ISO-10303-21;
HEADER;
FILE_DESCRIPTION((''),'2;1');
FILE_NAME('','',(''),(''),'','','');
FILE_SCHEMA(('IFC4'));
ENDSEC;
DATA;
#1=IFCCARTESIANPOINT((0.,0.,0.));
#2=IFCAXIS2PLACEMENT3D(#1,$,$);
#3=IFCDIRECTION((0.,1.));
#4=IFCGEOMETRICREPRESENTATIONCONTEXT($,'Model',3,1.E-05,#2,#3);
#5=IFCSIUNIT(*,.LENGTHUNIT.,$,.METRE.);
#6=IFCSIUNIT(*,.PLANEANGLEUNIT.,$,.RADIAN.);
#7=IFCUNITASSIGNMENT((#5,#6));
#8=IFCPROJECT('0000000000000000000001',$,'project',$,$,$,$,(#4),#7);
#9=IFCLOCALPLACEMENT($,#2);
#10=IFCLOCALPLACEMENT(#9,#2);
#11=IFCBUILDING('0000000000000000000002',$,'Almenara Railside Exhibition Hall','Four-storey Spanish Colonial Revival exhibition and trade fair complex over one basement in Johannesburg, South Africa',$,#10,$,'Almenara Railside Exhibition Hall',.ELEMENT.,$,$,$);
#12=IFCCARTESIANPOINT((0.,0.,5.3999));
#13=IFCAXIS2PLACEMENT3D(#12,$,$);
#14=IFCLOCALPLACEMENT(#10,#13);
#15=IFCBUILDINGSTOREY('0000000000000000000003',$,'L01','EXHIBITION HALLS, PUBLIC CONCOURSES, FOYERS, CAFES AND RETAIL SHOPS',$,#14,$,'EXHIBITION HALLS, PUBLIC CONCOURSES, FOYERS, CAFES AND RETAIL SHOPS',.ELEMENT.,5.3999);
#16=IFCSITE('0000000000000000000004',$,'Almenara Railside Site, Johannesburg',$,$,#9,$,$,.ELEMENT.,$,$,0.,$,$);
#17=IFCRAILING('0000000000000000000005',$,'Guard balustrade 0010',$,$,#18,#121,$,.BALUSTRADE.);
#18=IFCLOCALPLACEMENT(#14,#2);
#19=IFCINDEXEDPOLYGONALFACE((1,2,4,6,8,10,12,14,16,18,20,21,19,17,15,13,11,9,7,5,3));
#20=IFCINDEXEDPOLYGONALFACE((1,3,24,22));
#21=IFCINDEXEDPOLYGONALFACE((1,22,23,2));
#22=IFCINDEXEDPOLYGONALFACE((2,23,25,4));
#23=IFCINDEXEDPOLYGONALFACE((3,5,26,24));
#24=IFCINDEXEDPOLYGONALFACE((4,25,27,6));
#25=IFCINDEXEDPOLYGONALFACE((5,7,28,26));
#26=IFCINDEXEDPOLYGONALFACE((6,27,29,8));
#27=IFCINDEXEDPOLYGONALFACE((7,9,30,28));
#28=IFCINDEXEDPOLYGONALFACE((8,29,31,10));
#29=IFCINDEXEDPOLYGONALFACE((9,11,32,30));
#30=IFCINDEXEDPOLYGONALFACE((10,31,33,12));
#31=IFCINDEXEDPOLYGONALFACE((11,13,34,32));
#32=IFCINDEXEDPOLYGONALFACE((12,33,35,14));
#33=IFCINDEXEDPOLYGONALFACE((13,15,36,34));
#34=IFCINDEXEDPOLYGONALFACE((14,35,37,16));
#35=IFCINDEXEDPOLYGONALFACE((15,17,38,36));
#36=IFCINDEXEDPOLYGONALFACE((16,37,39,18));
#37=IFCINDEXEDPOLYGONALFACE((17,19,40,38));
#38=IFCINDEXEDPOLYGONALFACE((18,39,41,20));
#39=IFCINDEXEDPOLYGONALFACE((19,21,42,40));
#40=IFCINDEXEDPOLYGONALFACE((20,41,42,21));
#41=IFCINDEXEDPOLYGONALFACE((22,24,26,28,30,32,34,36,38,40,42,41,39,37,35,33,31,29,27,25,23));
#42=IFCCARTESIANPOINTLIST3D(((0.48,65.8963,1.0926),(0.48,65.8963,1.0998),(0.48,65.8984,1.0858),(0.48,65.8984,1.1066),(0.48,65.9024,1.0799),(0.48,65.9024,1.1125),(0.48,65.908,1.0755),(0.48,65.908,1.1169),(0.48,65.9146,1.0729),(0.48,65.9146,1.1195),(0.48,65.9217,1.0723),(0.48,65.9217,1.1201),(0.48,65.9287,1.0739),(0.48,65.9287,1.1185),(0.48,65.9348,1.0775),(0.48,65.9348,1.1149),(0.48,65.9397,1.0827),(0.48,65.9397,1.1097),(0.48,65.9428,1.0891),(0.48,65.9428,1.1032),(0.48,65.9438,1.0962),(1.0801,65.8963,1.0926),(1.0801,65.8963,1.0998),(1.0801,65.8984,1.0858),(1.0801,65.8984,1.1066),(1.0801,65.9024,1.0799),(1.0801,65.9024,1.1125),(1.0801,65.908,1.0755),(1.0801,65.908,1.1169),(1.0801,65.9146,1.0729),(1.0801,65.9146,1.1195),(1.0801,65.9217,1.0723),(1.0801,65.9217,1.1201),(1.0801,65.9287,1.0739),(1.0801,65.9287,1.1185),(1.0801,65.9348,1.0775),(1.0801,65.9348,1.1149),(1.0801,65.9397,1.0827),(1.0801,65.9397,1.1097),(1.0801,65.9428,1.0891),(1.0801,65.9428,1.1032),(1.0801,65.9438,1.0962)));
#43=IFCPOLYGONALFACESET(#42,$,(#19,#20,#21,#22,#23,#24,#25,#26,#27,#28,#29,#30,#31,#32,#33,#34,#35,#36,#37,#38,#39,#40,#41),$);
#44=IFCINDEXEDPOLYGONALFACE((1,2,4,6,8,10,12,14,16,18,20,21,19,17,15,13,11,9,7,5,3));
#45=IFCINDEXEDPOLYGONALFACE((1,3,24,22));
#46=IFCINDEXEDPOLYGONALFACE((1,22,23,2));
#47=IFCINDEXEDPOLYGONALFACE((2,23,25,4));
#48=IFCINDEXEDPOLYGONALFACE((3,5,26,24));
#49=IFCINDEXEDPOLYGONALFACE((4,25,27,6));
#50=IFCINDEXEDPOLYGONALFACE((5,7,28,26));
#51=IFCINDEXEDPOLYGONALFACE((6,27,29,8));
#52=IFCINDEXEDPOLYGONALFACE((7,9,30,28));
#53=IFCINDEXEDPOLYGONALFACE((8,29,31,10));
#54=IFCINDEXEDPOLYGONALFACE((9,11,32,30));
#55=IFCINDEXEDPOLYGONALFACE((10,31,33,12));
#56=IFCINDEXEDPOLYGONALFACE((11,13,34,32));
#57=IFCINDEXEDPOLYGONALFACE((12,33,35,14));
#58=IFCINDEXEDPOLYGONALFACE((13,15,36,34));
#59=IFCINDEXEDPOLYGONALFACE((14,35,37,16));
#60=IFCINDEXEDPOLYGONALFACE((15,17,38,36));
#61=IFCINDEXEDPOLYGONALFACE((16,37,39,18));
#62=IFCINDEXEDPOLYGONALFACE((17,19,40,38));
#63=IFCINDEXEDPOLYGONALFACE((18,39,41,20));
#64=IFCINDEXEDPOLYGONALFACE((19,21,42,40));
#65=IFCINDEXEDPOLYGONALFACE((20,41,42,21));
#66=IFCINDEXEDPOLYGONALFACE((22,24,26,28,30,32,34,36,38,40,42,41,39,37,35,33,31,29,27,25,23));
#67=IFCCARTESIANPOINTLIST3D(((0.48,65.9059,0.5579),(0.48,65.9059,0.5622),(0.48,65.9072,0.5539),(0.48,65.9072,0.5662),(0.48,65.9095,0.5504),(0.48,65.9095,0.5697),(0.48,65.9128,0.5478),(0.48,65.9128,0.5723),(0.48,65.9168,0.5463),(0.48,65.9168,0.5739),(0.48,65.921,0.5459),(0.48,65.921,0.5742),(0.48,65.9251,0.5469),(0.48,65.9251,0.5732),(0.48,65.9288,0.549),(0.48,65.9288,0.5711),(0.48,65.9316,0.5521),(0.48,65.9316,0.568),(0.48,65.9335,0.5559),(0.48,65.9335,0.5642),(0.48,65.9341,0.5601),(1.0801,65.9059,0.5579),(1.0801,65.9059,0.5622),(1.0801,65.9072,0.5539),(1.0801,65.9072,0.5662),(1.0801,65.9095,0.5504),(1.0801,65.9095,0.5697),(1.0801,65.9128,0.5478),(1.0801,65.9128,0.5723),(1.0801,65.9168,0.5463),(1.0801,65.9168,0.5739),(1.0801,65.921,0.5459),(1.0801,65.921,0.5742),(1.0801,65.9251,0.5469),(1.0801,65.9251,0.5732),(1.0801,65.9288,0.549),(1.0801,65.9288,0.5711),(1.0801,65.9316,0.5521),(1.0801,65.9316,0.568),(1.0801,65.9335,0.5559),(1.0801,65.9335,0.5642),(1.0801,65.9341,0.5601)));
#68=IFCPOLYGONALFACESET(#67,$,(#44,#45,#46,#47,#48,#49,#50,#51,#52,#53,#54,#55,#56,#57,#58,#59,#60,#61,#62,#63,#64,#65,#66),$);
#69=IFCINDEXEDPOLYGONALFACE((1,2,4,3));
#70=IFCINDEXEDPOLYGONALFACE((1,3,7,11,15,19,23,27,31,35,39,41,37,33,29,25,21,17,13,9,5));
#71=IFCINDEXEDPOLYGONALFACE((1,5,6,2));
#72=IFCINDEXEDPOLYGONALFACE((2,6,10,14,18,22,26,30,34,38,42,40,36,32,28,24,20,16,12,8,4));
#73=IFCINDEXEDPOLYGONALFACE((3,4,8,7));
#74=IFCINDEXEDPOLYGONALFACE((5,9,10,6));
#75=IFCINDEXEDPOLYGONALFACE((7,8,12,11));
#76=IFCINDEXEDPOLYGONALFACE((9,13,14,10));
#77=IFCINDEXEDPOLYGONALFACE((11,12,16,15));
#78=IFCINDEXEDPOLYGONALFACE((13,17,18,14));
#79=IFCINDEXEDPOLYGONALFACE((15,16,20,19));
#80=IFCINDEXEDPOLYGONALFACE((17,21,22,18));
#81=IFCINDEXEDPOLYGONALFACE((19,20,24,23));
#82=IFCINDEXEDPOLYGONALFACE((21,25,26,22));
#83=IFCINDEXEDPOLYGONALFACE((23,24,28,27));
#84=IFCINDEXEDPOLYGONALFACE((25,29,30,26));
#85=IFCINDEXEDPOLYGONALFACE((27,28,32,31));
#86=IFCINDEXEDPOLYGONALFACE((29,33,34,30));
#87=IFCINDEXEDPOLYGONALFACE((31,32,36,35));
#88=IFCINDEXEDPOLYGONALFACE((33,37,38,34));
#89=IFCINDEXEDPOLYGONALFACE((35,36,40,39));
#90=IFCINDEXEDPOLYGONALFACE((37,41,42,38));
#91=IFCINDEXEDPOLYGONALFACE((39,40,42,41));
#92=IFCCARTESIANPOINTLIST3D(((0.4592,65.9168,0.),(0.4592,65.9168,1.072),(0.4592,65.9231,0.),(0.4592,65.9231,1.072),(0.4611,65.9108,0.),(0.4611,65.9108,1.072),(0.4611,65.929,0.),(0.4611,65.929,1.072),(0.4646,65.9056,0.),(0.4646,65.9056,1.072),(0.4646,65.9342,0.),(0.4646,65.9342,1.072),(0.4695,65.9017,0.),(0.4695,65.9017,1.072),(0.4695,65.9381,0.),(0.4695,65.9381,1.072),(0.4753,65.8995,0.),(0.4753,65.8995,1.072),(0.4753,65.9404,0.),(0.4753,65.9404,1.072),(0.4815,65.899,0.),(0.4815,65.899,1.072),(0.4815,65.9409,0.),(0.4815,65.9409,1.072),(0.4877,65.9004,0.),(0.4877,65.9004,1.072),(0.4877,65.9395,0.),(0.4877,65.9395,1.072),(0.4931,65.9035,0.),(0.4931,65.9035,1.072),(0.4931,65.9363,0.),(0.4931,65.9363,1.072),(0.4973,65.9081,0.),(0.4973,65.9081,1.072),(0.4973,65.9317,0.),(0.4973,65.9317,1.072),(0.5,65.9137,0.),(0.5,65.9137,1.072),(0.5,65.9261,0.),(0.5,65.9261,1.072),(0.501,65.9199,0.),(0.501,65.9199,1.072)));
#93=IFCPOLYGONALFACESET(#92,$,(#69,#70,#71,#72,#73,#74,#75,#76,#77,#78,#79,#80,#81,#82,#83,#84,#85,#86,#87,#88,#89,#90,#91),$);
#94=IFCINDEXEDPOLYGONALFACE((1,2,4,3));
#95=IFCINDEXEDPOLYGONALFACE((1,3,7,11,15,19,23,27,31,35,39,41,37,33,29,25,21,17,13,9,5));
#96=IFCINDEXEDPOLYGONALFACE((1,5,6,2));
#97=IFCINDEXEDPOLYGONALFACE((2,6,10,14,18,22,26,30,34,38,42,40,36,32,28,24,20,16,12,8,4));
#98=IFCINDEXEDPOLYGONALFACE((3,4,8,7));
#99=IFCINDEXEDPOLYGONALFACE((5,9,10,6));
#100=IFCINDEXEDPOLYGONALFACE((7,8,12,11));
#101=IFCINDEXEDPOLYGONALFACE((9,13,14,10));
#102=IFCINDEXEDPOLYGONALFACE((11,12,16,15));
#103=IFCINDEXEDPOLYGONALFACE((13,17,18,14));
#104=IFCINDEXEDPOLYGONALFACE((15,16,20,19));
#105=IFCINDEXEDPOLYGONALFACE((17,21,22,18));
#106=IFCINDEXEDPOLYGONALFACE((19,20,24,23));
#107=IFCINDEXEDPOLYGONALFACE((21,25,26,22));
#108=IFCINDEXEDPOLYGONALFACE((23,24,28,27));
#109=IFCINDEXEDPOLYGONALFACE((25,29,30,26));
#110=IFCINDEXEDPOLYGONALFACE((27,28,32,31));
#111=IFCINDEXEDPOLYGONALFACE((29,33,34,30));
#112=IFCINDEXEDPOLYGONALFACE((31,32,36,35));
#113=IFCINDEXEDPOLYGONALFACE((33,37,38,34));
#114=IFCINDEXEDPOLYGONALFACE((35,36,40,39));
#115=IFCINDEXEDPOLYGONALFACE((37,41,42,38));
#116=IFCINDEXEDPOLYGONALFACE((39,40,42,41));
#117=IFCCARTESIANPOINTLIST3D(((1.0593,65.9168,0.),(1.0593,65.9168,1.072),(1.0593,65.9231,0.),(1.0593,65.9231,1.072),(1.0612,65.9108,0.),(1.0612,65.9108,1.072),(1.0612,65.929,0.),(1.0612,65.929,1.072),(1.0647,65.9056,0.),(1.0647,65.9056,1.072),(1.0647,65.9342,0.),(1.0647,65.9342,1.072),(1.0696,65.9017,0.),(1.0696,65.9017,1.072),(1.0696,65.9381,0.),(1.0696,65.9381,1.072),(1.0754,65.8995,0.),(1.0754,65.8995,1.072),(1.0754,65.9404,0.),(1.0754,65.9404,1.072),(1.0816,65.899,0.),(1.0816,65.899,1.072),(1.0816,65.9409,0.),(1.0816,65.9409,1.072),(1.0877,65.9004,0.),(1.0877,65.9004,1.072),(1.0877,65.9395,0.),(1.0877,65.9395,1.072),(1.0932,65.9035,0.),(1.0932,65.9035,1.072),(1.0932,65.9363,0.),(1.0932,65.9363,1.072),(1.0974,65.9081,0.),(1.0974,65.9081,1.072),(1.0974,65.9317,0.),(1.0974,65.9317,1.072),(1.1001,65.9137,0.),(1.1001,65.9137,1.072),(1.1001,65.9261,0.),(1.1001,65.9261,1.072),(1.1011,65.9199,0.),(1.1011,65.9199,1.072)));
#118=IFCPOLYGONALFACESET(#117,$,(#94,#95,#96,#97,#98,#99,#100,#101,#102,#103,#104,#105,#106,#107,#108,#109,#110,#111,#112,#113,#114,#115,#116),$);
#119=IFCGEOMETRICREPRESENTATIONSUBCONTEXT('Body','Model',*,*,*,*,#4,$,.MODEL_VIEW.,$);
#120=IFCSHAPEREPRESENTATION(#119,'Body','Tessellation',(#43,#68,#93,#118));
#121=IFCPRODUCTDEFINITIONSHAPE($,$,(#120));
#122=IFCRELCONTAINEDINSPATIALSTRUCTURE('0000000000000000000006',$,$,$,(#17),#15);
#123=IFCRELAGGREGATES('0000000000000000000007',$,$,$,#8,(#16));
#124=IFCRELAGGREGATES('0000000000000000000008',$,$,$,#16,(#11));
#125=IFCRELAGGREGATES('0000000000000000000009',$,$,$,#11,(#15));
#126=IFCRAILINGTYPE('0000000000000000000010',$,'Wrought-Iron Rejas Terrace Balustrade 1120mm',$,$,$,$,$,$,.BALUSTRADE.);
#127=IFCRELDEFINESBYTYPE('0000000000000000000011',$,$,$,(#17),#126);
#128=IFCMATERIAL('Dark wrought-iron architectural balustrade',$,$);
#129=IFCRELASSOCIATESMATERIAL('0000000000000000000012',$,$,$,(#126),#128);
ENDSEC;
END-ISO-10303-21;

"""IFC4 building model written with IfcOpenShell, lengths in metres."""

from ifc_helpers import new_model, si_unit, direction, frame, origin, origin_2d, place, context, subcontext, project, spatial, circle, extrude, material, type_object, element, save


model = new_model("IFC4")

# Units and contexts
model_context = context("Model", 3, precision=1e-05, world=origin(), true_north=direction((0.0, 1.0)))
body_context = subcontext(model_context, "Body", "Model", "MODEL_VIEW")
ifc_project = project(units=[si_unit("LENGTHUNIT", "METRE"), si_unit("PLANEANGLEUNIT", "RADIAN")], contexts=[model_context])

# Site, building, storey
site_placement = place(None, origin())
site = spatial("IfcSite", under=ifc_project, at=site_placement, Name="Almenara Railside Site, Johannesburg", CompositionType="ELEMENT", RefElevation=0.0)
building_placement = place(site_placement, origin())
building = spatial("IfcBuilding", under=site, at=building_placement, Name="Almenara Railside Exhibition Hall", Description="Four-storey Spanish Colonial Revival exhibition and trade fair complex over one basement in Johannesburg, South Africa", LongName="Almenara Railside Exhibition Hall", CompositionType="ELEMENT")
storey_placement = place(building_placement, frame((0.0, 0.0, 5.3999)))
storey = spatial("IfcBuildingStorey", under=building, at=storey_placement, Name="L01", Description="EXHIBITION HALLS, PUBLIC CONCOURSES, FOYERS, CAFES AND RETAIL SHOPS", LongName="EXHIBITION HALLS, PUBLIC CONCOURSES, FOYERS, CAFES AND RETAIL SHOPS", CompositionType="ELEMENT", Elevation=5.3999)

# Railing
ifc_material_1 = material(Name="Dark wrought-iron architectural balustrade")
railing_type_1 = type_object("IfcRailingType", Name="Wrought-Iron Rejas Terrace Balustrade 1120mm", PredefinedType="BALUSTRADE", material=ifc_material_1)
railing_1_placement = place(storey_placement, frame((0.48, 65.9199, 0.0)))
element("IfcRailing", 1, at=railing_1_placement, inside=storey, type_object=railing_type_1, Name="Guard balustrade 0010", PredefinedType="BALUSTRADE", context=body_context, shape_type="SweptSolid", body=[
    extrude(circle(Radius=0.0239, at=origin_2d()), frame((0.0, 0.0, 1.0962), z_axis=(1.0, 0.0, 0.0), x_axis=(0.0, 1.0, 0.0)), (0.0, 0.0, 1.0), 0.6001),
    extrude(circle(Radius=0.0142, at=origin_2d()), frame((0.0, 0.0, 0.5601), z_axis=(1.0, 0.0, 0.0), x_axis=(0.0, 1.0, 0.0)), (0.0, 0.0, 1.0), 0.6001),
    extrude(circle(Radius=0.021, at=origin_2d()), origin(), (0.0, 0.0, 1.0), 1.072),
    extrude(circle(Radius=0.021, at=origin_2d()), frame((0.6001, 0.0, 0.0)), (0.0, 0.0, 1.0), 1.072),
])

save(model, "model.ifc")
